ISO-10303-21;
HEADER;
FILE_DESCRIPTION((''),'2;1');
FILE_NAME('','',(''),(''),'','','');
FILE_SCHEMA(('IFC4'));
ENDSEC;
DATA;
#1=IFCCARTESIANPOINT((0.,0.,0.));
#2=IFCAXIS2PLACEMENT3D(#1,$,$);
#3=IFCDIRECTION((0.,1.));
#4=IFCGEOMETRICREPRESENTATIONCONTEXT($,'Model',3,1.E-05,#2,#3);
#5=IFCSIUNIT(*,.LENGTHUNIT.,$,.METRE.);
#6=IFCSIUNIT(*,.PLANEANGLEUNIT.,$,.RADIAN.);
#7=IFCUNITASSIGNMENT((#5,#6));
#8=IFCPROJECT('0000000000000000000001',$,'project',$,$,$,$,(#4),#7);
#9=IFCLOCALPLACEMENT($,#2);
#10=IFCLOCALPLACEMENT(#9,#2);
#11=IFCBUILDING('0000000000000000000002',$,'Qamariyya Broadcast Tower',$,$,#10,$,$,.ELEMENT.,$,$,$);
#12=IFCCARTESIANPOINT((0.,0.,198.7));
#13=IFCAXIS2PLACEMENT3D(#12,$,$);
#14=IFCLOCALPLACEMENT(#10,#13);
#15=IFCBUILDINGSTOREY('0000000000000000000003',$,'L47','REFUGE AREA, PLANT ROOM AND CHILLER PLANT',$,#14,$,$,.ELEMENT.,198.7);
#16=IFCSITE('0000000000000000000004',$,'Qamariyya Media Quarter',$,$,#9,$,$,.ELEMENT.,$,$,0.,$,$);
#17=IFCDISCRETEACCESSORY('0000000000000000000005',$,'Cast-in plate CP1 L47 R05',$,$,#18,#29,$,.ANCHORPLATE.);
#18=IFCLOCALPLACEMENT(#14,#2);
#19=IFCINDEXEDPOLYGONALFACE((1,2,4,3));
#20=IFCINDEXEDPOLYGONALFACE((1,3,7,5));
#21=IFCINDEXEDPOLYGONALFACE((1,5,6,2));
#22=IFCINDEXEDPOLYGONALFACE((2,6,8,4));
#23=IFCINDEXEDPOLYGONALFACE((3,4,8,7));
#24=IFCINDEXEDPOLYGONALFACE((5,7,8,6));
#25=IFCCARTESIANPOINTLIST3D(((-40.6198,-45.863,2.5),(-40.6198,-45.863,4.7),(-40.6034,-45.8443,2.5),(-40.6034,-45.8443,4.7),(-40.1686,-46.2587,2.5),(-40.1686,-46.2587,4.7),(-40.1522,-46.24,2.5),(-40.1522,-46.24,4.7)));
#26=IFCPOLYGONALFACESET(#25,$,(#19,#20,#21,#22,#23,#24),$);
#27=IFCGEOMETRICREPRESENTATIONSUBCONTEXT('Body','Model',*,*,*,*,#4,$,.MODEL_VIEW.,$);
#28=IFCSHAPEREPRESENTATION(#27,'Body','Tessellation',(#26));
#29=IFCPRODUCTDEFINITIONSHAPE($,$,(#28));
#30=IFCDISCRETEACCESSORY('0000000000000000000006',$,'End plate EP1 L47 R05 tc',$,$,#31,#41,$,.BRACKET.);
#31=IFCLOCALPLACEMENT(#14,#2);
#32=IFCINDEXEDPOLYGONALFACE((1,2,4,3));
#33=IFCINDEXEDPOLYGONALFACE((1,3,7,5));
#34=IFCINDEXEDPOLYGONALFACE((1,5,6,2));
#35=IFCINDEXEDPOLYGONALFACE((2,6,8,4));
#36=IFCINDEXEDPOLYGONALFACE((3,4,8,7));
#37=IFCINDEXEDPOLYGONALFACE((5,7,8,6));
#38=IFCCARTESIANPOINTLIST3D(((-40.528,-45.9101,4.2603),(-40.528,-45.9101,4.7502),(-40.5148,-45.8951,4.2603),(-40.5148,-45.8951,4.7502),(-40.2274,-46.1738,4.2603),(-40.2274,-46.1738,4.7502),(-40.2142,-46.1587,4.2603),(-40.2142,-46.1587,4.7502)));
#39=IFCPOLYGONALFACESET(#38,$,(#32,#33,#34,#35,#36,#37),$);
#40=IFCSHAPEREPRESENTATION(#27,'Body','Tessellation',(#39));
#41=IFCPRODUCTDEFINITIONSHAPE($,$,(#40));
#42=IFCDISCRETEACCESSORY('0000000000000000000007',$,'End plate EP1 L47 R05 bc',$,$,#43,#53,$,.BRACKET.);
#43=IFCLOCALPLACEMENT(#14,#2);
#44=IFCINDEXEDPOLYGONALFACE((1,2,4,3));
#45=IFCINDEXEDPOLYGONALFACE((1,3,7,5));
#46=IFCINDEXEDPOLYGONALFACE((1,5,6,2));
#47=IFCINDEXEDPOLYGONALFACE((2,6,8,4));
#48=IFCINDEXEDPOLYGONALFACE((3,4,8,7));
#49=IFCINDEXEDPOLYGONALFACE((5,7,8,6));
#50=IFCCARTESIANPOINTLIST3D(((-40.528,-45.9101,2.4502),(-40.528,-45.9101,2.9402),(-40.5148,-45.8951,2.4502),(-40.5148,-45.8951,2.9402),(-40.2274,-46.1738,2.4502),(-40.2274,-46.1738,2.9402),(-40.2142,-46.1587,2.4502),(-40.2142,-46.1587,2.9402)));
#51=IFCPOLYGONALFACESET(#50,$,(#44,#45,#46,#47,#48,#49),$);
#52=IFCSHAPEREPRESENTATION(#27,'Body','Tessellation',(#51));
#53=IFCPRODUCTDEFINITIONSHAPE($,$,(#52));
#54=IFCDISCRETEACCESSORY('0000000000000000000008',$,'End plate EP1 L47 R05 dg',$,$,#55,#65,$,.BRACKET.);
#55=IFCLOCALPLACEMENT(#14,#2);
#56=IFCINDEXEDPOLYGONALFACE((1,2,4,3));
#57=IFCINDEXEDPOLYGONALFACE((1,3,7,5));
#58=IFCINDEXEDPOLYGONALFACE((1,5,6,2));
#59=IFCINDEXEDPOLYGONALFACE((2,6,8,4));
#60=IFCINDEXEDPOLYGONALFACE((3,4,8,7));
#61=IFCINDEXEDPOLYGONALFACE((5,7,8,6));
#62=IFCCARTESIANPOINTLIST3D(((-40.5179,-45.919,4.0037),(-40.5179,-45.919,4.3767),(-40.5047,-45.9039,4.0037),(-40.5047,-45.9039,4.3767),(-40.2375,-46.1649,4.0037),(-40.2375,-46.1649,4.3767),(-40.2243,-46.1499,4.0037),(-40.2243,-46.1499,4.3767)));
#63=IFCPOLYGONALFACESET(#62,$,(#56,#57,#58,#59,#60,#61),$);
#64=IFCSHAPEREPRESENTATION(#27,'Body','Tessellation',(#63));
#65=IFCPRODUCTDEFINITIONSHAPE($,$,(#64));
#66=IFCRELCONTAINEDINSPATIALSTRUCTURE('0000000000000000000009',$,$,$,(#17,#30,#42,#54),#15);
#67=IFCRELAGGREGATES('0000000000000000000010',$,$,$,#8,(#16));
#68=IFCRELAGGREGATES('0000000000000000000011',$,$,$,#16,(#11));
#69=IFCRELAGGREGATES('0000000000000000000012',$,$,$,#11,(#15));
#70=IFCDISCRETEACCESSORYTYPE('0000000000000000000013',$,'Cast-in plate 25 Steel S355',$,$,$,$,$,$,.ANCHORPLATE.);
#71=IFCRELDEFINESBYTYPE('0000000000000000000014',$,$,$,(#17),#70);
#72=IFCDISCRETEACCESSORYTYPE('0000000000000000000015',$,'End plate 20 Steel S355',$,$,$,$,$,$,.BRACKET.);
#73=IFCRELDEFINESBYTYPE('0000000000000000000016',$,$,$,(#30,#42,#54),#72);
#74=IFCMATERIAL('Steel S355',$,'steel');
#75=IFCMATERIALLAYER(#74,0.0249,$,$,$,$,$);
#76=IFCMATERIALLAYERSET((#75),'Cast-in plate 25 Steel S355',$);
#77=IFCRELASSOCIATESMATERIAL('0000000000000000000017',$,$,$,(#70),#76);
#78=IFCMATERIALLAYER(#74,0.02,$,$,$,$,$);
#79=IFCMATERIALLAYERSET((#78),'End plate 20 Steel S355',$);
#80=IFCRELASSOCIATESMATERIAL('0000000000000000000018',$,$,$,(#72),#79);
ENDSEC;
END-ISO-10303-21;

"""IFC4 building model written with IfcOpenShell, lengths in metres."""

from ifc_helpers import new_model, si_unit, direction, frame, origin, origin_2d, place, context, subcontext, project, spatial, rectangle, extrude, material, layer, layer_set, type_object, element, save


model = new_model("IFC4")

# Units and contexts
model_context = context("Model", 3, precision=1e-05, world=origin(), true_north=direction((0.0, 1.0)))
body_context = subcontext(model_context, "Body", "Model", "MODEL_VIEW")
ifc_project = project(units=[si_unit("LENGTHUNIT", "METRE"), si_unit("PLANEANGLEUNIT", "RADIAN")], contexts=[model_context])

# Site, building, storey
site_placement = place(None, origin())
site = spatial("IfcSite", under=ifc_project, at=site_placement, Name="Qamariyya Media Quarter", CompositionType="ELEMENT", RefElevation=0.0)
building_placement = place(site_placement, origin())
building = spatial("IfcBuilding", under=site, at=building_placement, Name="Qamariyya Broadcast Tower", CompositionType="ELEMENT")
storey_placement = place(building_placement, frame((0.0, 0.0, 198.7)))
storey = spatial("IfcBuildingStorey", under=building, at=storey_placement, Name="L47", Description="REFUGE AREA, PLANT ROOM AND CHILLER PLANT", CompositionType="ELEMENT", Elevation=198.7)

# Shared definitions
ifc_material_1 = material(Name="Steel S355", Category="steel")

# Discrete accessories
ifc_layer_1 = layer(ifc_material_1, 0.0249)
ifc_layer_set_1 = layer_set([ifc_layer_1], Name="Cast-in plate 25 Steel S355")
discrete_accessory_type_1 = type_object("IfcDiscreteAccessoryType", Name="Cast-in plate 25 Steel S355", PredefinedType="ANCHORPLATE", material=ifc_layer_set_1)
discrete_accessory_1_placement = place(storey_placement, frame((-40.386, -46.0515, 2.5), z_axis=(0.0, 0.0, 1.0), x_axis=(-0.75184, 0.659346, 0.0)))
element("IfcDiscreteAccessory", 1, at=discrete_accessory_1_placement, inside=storey, type_object=discrete_accessory_type_1, Name="Cast-in plate CP1 L47 R05", PredefinedType="ANCHORPLATE", context=body_context, shape_type="SweptSolid", body=[
    extrude(rectangle(XDim=0.6001, YDim=0.0249, at=origin_2d()), origin(), (0.0, 0.0, 1.0), 2.2),
])
ifc_layer_2 = layer(ifc_material_1, 0.02)
ifc_layer_set_2 = layer_set([ifc_layer_2], Name="End plate 20 Steel S355")
discrete_accessory_type_2 = type_object("IfcDiscreteAccessoryType", Name="End plate 20 Steel S355", PredefinedType="BRACKET", material=ifc_layer_set_2)
for number, where, z_axis, x_axis, name in (
    (2, (-40.3711, -46.0344, 4.2603), (0.0, 0.0, 1.0), (-0.75184, 0.659346, 0.0), "End plate EP1 L47 R05 tc"),
    (3, (-40.3711, -46.0344, 2.4502), (0.0, 0.0, 1.0), (-0.75184, 0.659346, 0.0), "End plate EP1 L47 R05 bc"),
):
    element("IfcDiscreteAccessory", number, at=place(storey_placement, frame(where, z_axis=z_axis, x_axis=x_axis)), inside=storey, type_object=discrete_accessory_type_2, Name=name, PredefinedType="BRACKET", context=body_context, shape_type="SweptSolid", body=[
        extrude(rectangle(XDim=0.3999, YDim=0.02, at=origin_2d()), origin(), (0.0, 0.0, 1.0), 0.49),
    ])
discrete_accessory_2_placement = place(storey_placement, frame((-40.3711, -46.0344, 4.0037), z_axis=(0.0, 0.0, 1.0), x_axis=(-0.75184, 0.659346, 0.0)))
element("IfcDiscreteAccessory", 4, at=discrete_accessory_2_placement, inside=storey, type_object=discrete_accessory_type_2, Name="End plate EP1 L47 R05 dg", PredefinedType="BRACKET", context=body_context, shape_type="SweptSolid", body=[
    extrude(rectangle(XDim=0.373, YDim=0.02, at=origin_2d()), origin(), (0.0, 0.0, 1.0), 0.373),
])

save(model, "model.ifc")
